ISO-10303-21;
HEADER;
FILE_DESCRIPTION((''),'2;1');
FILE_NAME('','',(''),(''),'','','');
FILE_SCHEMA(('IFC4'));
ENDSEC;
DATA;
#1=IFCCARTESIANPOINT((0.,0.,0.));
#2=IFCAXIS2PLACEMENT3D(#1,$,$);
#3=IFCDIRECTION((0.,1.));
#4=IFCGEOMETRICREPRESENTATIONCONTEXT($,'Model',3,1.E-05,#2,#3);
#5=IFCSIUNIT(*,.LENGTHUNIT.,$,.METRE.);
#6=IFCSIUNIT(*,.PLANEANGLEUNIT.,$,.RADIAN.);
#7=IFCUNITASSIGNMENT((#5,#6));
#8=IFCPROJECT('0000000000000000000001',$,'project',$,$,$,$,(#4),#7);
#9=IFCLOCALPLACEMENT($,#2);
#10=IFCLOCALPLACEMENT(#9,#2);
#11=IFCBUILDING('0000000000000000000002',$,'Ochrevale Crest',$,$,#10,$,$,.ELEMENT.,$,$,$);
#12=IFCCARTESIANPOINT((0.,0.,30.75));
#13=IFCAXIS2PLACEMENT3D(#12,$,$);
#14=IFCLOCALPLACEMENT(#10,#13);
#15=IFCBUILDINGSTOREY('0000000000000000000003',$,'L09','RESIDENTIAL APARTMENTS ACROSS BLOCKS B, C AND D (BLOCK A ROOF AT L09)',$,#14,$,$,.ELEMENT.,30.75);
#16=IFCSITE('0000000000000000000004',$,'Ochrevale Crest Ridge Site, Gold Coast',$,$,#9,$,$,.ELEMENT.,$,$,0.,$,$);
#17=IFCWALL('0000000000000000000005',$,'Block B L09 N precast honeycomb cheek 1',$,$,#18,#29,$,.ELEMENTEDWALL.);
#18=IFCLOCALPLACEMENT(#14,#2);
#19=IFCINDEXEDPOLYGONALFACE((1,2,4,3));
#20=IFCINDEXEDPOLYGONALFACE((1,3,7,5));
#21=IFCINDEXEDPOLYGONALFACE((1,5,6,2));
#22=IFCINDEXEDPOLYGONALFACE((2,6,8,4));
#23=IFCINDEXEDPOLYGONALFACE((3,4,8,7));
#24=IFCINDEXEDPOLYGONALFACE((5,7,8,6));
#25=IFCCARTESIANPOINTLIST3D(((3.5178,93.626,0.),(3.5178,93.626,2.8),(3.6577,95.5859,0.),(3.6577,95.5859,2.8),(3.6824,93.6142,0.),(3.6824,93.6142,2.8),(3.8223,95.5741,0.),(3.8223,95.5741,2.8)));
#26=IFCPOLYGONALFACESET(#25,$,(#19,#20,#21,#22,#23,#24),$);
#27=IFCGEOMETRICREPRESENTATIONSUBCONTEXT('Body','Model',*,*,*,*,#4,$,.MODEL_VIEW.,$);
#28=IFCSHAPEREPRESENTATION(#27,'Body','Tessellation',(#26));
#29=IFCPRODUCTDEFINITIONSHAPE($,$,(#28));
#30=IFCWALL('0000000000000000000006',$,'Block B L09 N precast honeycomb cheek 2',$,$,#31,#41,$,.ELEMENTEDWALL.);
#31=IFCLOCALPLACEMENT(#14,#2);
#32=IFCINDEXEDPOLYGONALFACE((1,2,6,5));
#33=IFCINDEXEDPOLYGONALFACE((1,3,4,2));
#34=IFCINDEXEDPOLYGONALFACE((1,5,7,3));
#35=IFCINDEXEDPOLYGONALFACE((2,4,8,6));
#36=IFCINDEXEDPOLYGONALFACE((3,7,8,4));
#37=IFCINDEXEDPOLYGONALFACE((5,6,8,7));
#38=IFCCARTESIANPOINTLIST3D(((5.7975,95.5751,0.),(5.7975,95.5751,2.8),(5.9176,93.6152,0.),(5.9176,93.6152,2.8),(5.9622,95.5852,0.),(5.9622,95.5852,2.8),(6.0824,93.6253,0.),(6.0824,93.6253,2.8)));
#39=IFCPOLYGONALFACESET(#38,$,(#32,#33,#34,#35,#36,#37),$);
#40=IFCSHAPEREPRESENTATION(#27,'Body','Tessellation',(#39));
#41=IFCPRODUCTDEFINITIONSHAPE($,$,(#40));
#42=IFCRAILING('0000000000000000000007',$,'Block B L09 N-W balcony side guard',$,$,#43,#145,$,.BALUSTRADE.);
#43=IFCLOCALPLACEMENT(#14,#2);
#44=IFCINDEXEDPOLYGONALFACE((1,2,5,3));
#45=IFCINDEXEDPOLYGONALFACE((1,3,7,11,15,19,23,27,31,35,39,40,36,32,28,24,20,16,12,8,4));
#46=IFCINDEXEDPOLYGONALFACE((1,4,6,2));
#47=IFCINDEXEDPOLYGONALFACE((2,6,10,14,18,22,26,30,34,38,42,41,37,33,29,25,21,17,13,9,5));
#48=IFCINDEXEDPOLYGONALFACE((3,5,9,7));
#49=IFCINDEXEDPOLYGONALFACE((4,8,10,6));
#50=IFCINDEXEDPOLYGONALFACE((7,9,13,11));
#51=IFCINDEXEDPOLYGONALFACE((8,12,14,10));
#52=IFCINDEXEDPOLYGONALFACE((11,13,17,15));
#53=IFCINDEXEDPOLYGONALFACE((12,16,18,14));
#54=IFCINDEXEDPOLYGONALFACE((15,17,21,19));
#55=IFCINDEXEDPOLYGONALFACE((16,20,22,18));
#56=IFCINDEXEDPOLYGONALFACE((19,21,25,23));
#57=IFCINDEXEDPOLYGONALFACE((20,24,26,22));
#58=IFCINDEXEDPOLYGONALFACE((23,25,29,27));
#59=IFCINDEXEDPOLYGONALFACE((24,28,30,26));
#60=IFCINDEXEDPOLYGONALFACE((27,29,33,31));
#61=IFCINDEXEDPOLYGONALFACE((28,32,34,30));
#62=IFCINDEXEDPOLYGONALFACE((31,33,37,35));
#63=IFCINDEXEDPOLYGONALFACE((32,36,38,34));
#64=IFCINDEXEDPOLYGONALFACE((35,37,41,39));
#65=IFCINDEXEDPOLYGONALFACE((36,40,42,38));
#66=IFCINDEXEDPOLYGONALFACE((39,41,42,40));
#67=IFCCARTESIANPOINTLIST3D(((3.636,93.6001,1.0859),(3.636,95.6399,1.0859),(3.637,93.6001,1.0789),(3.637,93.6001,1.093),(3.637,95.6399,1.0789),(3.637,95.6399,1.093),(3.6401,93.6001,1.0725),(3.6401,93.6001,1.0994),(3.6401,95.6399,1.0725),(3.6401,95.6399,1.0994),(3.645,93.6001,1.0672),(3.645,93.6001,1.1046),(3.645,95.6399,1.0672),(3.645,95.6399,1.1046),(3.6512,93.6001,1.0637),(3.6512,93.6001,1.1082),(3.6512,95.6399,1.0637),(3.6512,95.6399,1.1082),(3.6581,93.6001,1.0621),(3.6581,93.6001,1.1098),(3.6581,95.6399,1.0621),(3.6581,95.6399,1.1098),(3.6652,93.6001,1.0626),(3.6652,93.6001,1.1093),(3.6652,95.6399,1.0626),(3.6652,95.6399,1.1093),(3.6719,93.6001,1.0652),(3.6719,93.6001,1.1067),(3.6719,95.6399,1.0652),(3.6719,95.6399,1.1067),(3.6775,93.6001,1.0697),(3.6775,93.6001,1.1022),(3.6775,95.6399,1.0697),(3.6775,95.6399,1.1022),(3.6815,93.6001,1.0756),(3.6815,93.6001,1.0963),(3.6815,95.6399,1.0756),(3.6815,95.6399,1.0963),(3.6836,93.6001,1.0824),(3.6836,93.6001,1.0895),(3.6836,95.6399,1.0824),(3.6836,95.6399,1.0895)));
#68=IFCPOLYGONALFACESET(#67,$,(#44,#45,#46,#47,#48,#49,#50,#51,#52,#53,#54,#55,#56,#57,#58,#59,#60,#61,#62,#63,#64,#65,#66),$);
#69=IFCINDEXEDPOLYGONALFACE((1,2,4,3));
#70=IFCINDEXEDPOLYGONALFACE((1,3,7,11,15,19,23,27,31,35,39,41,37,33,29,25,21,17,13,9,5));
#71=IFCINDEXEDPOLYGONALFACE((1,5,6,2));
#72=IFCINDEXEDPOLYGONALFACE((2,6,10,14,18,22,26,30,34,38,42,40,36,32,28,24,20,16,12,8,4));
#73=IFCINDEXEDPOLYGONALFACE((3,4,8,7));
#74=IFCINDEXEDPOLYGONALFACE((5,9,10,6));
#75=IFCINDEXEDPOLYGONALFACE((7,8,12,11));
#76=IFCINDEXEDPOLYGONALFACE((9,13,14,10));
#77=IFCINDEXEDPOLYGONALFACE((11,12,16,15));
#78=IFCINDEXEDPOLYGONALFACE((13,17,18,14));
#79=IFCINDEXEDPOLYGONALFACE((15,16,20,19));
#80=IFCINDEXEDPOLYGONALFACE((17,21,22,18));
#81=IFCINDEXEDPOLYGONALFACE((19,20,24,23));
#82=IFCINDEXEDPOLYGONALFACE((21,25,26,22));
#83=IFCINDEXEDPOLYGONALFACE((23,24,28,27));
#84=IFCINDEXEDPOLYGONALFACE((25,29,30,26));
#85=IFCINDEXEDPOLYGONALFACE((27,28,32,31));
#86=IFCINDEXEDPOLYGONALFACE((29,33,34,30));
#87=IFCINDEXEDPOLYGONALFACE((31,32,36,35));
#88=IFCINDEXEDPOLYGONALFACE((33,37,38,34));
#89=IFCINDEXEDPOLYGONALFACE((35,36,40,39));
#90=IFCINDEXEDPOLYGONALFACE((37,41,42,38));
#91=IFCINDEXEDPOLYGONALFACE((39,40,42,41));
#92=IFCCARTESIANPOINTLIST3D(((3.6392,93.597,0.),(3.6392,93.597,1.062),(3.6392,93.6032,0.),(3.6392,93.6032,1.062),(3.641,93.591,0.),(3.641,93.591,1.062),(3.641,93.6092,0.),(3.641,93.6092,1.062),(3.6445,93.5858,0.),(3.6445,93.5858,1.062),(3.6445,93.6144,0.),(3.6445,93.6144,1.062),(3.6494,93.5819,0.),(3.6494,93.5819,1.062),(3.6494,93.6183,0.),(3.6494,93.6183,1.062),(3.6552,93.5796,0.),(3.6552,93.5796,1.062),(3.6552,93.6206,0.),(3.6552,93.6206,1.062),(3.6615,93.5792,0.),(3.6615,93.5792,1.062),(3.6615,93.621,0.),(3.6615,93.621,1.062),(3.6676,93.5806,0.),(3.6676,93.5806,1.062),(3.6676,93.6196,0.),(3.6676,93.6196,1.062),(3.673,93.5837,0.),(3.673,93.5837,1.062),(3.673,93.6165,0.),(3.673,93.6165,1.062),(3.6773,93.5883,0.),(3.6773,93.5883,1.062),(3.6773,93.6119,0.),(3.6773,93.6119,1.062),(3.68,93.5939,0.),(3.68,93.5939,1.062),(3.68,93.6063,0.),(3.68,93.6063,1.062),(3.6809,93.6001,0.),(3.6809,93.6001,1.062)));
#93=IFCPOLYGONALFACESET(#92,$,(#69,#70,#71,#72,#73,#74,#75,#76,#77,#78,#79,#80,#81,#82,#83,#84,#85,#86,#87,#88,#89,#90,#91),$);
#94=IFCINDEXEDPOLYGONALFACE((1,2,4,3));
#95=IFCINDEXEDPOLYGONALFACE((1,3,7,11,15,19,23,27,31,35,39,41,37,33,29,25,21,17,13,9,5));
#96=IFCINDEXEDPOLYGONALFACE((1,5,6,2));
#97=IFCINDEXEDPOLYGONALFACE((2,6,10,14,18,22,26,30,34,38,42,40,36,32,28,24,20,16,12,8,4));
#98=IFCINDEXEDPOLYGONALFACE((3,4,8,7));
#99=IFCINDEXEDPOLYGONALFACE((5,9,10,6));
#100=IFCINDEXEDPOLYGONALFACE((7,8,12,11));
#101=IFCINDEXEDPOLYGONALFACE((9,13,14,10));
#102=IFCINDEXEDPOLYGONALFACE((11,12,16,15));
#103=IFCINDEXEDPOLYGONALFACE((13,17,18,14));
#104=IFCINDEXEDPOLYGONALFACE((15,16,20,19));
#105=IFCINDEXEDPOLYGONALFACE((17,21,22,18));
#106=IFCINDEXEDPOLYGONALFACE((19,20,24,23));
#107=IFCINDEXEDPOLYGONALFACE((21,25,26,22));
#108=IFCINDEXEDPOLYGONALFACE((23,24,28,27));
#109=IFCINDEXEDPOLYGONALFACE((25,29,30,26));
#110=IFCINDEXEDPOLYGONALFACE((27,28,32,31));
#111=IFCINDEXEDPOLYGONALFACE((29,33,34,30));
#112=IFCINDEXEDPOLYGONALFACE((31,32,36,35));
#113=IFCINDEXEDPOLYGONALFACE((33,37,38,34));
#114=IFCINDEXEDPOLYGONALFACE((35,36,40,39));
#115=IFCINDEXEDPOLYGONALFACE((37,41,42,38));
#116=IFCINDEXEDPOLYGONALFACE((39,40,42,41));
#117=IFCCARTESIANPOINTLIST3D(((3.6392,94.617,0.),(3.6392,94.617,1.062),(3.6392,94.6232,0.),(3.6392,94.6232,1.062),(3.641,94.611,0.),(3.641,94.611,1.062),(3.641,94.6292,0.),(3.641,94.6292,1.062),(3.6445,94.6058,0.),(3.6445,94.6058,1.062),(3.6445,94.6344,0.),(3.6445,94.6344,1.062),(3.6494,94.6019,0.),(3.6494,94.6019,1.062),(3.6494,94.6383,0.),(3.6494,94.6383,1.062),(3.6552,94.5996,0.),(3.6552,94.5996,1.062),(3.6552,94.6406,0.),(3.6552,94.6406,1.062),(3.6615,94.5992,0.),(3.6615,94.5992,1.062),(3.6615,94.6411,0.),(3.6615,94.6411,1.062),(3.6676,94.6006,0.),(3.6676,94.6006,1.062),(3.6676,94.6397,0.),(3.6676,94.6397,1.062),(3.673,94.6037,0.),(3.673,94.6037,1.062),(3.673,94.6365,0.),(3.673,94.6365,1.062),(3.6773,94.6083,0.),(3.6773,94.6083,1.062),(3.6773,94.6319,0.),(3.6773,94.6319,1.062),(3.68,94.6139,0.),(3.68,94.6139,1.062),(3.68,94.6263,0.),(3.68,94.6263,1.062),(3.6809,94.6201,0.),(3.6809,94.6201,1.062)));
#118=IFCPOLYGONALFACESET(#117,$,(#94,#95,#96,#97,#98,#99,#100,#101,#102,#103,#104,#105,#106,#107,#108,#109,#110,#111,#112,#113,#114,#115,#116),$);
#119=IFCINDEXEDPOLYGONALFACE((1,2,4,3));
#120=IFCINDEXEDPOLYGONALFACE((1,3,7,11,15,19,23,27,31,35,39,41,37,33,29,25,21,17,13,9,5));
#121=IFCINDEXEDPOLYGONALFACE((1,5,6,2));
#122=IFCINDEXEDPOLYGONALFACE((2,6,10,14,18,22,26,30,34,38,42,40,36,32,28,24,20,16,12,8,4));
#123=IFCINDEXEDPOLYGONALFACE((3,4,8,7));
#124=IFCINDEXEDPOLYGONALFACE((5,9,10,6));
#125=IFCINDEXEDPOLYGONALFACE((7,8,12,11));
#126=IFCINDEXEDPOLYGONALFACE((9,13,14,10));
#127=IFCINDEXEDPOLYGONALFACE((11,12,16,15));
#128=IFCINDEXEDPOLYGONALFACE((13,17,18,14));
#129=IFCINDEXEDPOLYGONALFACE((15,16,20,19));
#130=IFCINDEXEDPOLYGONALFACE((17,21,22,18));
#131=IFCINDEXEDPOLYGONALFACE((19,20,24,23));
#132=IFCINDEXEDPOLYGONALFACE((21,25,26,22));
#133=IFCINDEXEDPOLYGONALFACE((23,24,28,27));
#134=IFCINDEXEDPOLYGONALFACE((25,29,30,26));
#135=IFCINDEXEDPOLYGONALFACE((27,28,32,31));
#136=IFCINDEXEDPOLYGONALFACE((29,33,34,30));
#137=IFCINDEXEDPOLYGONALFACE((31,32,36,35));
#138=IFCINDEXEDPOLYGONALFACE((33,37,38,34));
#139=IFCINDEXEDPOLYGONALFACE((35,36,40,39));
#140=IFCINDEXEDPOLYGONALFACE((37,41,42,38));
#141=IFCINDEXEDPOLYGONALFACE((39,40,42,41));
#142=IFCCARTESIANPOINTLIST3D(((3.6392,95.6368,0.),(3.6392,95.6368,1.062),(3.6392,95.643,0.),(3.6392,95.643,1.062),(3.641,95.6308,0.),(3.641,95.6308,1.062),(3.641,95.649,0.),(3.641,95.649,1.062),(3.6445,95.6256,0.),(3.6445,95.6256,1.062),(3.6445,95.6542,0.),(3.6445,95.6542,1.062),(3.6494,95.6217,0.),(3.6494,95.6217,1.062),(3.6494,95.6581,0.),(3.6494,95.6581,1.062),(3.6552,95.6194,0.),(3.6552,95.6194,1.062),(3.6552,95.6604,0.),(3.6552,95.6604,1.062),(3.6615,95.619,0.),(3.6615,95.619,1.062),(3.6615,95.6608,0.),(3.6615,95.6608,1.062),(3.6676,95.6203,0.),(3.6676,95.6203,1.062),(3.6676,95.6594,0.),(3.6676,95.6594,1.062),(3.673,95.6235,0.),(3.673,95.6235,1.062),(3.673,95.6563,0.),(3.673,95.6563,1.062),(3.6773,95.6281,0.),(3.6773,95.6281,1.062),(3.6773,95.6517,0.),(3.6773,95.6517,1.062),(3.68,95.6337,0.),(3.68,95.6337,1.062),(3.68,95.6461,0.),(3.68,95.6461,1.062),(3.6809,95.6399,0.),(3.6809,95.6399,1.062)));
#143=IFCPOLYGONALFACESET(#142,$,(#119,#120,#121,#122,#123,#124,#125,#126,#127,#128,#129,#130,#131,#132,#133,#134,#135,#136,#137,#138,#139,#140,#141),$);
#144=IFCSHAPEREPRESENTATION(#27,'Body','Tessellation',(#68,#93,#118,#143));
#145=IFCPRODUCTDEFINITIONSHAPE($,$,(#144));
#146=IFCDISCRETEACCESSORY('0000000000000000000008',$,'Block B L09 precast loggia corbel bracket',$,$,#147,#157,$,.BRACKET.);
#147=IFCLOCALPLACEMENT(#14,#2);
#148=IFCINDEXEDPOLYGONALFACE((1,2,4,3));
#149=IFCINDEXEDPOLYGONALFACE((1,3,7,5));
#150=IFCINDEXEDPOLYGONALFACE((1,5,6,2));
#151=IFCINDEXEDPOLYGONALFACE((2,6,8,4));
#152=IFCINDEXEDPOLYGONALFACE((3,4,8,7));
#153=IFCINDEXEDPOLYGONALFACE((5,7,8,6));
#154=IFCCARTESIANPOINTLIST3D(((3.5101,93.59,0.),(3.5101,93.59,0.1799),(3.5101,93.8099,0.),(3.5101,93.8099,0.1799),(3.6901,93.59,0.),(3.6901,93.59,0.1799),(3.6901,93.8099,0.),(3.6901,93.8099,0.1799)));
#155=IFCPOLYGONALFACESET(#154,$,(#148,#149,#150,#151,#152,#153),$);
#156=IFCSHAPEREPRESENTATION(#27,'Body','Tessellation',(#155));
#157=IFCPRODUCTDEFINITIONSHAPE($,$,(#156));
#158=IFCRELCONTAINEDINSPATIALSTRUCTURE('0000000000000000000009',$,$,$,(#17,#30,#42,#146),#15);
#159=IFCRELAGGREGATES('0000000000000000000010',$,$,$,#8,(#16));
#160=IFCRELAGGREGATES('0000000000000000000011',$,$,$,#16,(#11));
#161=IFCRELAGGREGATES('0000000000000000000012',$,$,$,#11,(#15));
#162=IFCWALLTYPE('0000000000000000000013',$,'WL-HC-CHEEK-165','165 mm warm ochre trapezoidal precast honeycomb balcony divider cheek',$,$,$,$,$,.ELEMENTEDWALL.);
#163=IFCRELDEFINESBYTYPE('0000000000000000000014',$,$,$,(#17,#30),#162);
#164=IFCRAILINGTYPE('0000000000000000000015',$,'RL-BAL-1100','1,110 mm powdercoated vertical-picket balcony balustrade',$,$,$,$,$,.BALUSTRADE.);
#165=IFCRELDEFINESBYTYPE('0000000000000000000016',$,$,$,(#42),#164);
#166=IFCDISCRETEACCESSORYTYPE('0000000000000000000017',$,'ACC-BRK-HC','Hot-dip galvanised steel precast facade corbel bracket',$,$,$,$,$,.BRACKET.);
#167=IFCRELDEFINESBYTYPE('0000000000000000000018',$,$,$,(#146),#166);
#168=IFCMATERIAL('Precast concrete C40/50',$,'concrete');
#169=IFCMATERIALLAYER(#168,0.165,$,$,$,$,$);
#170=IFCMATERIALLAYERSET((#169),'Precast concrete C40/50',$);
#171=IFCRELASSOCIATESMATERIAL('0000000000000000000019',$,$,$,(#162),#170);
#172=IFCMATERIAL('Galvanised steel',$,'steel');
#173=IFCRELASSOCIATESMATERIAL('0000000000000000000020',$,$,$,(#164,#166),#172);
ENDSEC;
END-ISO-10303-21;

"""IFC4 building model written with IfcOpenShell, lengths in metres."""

from ifc_helpers import new_model, si_unit, direction, frame, frame_2d, origin, origin_2d, place, context, subcontext, project, spatial, rectangle, circle, extrude, material, layer, layer_set, type_object, element, save


model = new_model("IFC4")

# Units and contexts
model_context = context("Model", 3, precision=1e-05, world=origin(), true_north=direction((0.0, 1.0)))
body_context = subcontext(model_context, "Body", "Model", "MODEL_VIEW")
ifc_project = project(units=[si_unit("LENGTHUNIT", "METRE"), si_unit("PLANEANGLEUNIT", "RADIAN")], contexts=[model_context])

# Site, building, storey
site_placement = place(None, origin())
site = spatial("IfcSite", under=ifc_project, at=site_placement, Name="Ochrevale Crest Ridge Site, Gold Coast", CompositionType="ELEMENT", RefElevation=0.0)
building_placement = place(site_placement, origin())
building = spatial("IfcBuilding", under=site, at=building_placement, Name="Ochrevale Crest", CompositionType="ELEMENT")
storey_placement = place(building_placement, frame((0.0, 0.0, 30.75)))
storey = spatial("IfcBuildingStorey", under=building, at=storey_placement, Name="L09", Description="RESIDENTIAL APARTMENTS ACROSS BLOCKS B, C AND D (BLOCK A ROOF AT L09)", CompositionType="ELEMENT", Elevation=30.75)

# Shared definitions
ifc_material_1 = material(Name="Precast concrete C40/50", Category="concrete")

# Walls
ifc_layer_1 = layer(ifc_material_1, 0.165)
ifc_layer_set_1 = layer_set([ifc_layer_1], Name="Precast concrete C40/50")
wall_type = type_object("IfcWallType", Name="WL-HC-CHEEK-165", Description="165 mm warm ochre trapezoidal precast honeycomb balcony divider cheek", PredefinedType="ELEMENTEDWALL", material=ifc_layer_set_1)
wall_1_placement = place(storey_placement, frame((3.6001, 93.6201, 0.0), z_axis=(0.0, 0.0, 1.0), x_axis=(0.071194, 0.997462, 0.0)))
element("IfcWall", 1, at=wall_1_placement, inside=storey, type_object=wall_type, Name="Block B L09 N precast honeycomb cheek 1", PredefinedType="ELEMENTEDWALL", context=body_context, shape_type="SweptSolid", body=[
    extrude(rectangle(XDim=1.9648, YDim=0.165, at=frame_2d((0.9824, 0.0))), origin(), (0.0, 0.0, 1.0), 2.8),
])
wall_2_placement = place(storey_placement, frame((6.0, 93.6201, 0.0), z_axis=(0.0, 0.0, 1.0), x_axis=(-0.061171, 0.998127, 0.0)))
element("IfcWall", 2, at=wall_2_placement, inside=storey, type_object=wall_type, Name="Block B L09 N precast honeycomb cheek 2", PredefinedType="ELEMENTEDWALL", context=body_context, shape_type="SweptSolid", body=[
    extrude(rectangle(XDim=1.9636, YDim=0.165, at=frame_2d((0.9819, 0.0))), origin(), (0.0, 0.0, 1.0), 2.8),
])

# Railing
ifc_material_2 = material(Name="Galvanised steel", Category="steel")
railing_type = type_object("IfcRailingType", Name="RL-BAL-1100", Description="1,110 mm powdercoated vertical-picket balcony balustrade", PredefinedType="BALUSTRADE", material=ifc_material_2)
railing_1_placement = place(storey_placement, frame((3.6599, 93.6001, 0.0)))
element("IfcRailing", 3, at=railing_1_placement, inside=storey, type_object=railing_type, Name="Block B L09 N-W balcony side guard", PredefinedType="BALUSTRADE", context=body_context, shape_type="SweptSolid", body=[
    extrude(circle(Radius=0.0239, at=origin_2d()), frame((0.0, 0.0, 1.0859), z_axis=(0.0, 1.0, 0.0), x_axis=(-1.0, 0.0, 0.0)), (0.0, 0.0, 1.0), 2.0398),
    extrude(circle(Radius=0.021, at=origin_2d()), origin(), (0.0, 0.0, 1.0), 1.062),
    extrude(circle(Radius=0.021, at=origin_2d()), frame((0.0, 1.02, 0.0)), (0.0, 0.0, 1.0), 1.062),
    extrude(circle(Radius=0.021, at=origin_2d()), frame((0.0, 2.0398, 0.0)), (0.0, 0.0, 1.0), 1.062),
])

# Discrete accessory
discrete_accessory_type = type_object("IfcDiscreteAccessoryType", Name="ACC-BRK-HC", Description="Hot-dip galvanised steel precast facade corbel bracket", PredefinedType="BRACKET", material=ifc_material_2)
discrete_accessory_placement = place(storey_placement, frame((3.6001, 93.7, 0.0), z_axis=(0.0, 0.0, 1.0), x_axis=(1.0, 0.0, 0.0)))
element("IfcDiscreteAccessory", 4, at=discrete_accessory_placement, inside=storey, type_object=discrete_accessory_type, Name="Block B L09 precast loggia corbel bracket", PredefinedType="BRACKET", context=body_context, shape_type="SweptSolid", body=[
    extrude(rectangle(XDim=0.1799, YDim=0.22, at=origin_2d()), origin(), (0.0, 0.0, 1.0), 0.1799),
])

save(model, "model.ifc")
